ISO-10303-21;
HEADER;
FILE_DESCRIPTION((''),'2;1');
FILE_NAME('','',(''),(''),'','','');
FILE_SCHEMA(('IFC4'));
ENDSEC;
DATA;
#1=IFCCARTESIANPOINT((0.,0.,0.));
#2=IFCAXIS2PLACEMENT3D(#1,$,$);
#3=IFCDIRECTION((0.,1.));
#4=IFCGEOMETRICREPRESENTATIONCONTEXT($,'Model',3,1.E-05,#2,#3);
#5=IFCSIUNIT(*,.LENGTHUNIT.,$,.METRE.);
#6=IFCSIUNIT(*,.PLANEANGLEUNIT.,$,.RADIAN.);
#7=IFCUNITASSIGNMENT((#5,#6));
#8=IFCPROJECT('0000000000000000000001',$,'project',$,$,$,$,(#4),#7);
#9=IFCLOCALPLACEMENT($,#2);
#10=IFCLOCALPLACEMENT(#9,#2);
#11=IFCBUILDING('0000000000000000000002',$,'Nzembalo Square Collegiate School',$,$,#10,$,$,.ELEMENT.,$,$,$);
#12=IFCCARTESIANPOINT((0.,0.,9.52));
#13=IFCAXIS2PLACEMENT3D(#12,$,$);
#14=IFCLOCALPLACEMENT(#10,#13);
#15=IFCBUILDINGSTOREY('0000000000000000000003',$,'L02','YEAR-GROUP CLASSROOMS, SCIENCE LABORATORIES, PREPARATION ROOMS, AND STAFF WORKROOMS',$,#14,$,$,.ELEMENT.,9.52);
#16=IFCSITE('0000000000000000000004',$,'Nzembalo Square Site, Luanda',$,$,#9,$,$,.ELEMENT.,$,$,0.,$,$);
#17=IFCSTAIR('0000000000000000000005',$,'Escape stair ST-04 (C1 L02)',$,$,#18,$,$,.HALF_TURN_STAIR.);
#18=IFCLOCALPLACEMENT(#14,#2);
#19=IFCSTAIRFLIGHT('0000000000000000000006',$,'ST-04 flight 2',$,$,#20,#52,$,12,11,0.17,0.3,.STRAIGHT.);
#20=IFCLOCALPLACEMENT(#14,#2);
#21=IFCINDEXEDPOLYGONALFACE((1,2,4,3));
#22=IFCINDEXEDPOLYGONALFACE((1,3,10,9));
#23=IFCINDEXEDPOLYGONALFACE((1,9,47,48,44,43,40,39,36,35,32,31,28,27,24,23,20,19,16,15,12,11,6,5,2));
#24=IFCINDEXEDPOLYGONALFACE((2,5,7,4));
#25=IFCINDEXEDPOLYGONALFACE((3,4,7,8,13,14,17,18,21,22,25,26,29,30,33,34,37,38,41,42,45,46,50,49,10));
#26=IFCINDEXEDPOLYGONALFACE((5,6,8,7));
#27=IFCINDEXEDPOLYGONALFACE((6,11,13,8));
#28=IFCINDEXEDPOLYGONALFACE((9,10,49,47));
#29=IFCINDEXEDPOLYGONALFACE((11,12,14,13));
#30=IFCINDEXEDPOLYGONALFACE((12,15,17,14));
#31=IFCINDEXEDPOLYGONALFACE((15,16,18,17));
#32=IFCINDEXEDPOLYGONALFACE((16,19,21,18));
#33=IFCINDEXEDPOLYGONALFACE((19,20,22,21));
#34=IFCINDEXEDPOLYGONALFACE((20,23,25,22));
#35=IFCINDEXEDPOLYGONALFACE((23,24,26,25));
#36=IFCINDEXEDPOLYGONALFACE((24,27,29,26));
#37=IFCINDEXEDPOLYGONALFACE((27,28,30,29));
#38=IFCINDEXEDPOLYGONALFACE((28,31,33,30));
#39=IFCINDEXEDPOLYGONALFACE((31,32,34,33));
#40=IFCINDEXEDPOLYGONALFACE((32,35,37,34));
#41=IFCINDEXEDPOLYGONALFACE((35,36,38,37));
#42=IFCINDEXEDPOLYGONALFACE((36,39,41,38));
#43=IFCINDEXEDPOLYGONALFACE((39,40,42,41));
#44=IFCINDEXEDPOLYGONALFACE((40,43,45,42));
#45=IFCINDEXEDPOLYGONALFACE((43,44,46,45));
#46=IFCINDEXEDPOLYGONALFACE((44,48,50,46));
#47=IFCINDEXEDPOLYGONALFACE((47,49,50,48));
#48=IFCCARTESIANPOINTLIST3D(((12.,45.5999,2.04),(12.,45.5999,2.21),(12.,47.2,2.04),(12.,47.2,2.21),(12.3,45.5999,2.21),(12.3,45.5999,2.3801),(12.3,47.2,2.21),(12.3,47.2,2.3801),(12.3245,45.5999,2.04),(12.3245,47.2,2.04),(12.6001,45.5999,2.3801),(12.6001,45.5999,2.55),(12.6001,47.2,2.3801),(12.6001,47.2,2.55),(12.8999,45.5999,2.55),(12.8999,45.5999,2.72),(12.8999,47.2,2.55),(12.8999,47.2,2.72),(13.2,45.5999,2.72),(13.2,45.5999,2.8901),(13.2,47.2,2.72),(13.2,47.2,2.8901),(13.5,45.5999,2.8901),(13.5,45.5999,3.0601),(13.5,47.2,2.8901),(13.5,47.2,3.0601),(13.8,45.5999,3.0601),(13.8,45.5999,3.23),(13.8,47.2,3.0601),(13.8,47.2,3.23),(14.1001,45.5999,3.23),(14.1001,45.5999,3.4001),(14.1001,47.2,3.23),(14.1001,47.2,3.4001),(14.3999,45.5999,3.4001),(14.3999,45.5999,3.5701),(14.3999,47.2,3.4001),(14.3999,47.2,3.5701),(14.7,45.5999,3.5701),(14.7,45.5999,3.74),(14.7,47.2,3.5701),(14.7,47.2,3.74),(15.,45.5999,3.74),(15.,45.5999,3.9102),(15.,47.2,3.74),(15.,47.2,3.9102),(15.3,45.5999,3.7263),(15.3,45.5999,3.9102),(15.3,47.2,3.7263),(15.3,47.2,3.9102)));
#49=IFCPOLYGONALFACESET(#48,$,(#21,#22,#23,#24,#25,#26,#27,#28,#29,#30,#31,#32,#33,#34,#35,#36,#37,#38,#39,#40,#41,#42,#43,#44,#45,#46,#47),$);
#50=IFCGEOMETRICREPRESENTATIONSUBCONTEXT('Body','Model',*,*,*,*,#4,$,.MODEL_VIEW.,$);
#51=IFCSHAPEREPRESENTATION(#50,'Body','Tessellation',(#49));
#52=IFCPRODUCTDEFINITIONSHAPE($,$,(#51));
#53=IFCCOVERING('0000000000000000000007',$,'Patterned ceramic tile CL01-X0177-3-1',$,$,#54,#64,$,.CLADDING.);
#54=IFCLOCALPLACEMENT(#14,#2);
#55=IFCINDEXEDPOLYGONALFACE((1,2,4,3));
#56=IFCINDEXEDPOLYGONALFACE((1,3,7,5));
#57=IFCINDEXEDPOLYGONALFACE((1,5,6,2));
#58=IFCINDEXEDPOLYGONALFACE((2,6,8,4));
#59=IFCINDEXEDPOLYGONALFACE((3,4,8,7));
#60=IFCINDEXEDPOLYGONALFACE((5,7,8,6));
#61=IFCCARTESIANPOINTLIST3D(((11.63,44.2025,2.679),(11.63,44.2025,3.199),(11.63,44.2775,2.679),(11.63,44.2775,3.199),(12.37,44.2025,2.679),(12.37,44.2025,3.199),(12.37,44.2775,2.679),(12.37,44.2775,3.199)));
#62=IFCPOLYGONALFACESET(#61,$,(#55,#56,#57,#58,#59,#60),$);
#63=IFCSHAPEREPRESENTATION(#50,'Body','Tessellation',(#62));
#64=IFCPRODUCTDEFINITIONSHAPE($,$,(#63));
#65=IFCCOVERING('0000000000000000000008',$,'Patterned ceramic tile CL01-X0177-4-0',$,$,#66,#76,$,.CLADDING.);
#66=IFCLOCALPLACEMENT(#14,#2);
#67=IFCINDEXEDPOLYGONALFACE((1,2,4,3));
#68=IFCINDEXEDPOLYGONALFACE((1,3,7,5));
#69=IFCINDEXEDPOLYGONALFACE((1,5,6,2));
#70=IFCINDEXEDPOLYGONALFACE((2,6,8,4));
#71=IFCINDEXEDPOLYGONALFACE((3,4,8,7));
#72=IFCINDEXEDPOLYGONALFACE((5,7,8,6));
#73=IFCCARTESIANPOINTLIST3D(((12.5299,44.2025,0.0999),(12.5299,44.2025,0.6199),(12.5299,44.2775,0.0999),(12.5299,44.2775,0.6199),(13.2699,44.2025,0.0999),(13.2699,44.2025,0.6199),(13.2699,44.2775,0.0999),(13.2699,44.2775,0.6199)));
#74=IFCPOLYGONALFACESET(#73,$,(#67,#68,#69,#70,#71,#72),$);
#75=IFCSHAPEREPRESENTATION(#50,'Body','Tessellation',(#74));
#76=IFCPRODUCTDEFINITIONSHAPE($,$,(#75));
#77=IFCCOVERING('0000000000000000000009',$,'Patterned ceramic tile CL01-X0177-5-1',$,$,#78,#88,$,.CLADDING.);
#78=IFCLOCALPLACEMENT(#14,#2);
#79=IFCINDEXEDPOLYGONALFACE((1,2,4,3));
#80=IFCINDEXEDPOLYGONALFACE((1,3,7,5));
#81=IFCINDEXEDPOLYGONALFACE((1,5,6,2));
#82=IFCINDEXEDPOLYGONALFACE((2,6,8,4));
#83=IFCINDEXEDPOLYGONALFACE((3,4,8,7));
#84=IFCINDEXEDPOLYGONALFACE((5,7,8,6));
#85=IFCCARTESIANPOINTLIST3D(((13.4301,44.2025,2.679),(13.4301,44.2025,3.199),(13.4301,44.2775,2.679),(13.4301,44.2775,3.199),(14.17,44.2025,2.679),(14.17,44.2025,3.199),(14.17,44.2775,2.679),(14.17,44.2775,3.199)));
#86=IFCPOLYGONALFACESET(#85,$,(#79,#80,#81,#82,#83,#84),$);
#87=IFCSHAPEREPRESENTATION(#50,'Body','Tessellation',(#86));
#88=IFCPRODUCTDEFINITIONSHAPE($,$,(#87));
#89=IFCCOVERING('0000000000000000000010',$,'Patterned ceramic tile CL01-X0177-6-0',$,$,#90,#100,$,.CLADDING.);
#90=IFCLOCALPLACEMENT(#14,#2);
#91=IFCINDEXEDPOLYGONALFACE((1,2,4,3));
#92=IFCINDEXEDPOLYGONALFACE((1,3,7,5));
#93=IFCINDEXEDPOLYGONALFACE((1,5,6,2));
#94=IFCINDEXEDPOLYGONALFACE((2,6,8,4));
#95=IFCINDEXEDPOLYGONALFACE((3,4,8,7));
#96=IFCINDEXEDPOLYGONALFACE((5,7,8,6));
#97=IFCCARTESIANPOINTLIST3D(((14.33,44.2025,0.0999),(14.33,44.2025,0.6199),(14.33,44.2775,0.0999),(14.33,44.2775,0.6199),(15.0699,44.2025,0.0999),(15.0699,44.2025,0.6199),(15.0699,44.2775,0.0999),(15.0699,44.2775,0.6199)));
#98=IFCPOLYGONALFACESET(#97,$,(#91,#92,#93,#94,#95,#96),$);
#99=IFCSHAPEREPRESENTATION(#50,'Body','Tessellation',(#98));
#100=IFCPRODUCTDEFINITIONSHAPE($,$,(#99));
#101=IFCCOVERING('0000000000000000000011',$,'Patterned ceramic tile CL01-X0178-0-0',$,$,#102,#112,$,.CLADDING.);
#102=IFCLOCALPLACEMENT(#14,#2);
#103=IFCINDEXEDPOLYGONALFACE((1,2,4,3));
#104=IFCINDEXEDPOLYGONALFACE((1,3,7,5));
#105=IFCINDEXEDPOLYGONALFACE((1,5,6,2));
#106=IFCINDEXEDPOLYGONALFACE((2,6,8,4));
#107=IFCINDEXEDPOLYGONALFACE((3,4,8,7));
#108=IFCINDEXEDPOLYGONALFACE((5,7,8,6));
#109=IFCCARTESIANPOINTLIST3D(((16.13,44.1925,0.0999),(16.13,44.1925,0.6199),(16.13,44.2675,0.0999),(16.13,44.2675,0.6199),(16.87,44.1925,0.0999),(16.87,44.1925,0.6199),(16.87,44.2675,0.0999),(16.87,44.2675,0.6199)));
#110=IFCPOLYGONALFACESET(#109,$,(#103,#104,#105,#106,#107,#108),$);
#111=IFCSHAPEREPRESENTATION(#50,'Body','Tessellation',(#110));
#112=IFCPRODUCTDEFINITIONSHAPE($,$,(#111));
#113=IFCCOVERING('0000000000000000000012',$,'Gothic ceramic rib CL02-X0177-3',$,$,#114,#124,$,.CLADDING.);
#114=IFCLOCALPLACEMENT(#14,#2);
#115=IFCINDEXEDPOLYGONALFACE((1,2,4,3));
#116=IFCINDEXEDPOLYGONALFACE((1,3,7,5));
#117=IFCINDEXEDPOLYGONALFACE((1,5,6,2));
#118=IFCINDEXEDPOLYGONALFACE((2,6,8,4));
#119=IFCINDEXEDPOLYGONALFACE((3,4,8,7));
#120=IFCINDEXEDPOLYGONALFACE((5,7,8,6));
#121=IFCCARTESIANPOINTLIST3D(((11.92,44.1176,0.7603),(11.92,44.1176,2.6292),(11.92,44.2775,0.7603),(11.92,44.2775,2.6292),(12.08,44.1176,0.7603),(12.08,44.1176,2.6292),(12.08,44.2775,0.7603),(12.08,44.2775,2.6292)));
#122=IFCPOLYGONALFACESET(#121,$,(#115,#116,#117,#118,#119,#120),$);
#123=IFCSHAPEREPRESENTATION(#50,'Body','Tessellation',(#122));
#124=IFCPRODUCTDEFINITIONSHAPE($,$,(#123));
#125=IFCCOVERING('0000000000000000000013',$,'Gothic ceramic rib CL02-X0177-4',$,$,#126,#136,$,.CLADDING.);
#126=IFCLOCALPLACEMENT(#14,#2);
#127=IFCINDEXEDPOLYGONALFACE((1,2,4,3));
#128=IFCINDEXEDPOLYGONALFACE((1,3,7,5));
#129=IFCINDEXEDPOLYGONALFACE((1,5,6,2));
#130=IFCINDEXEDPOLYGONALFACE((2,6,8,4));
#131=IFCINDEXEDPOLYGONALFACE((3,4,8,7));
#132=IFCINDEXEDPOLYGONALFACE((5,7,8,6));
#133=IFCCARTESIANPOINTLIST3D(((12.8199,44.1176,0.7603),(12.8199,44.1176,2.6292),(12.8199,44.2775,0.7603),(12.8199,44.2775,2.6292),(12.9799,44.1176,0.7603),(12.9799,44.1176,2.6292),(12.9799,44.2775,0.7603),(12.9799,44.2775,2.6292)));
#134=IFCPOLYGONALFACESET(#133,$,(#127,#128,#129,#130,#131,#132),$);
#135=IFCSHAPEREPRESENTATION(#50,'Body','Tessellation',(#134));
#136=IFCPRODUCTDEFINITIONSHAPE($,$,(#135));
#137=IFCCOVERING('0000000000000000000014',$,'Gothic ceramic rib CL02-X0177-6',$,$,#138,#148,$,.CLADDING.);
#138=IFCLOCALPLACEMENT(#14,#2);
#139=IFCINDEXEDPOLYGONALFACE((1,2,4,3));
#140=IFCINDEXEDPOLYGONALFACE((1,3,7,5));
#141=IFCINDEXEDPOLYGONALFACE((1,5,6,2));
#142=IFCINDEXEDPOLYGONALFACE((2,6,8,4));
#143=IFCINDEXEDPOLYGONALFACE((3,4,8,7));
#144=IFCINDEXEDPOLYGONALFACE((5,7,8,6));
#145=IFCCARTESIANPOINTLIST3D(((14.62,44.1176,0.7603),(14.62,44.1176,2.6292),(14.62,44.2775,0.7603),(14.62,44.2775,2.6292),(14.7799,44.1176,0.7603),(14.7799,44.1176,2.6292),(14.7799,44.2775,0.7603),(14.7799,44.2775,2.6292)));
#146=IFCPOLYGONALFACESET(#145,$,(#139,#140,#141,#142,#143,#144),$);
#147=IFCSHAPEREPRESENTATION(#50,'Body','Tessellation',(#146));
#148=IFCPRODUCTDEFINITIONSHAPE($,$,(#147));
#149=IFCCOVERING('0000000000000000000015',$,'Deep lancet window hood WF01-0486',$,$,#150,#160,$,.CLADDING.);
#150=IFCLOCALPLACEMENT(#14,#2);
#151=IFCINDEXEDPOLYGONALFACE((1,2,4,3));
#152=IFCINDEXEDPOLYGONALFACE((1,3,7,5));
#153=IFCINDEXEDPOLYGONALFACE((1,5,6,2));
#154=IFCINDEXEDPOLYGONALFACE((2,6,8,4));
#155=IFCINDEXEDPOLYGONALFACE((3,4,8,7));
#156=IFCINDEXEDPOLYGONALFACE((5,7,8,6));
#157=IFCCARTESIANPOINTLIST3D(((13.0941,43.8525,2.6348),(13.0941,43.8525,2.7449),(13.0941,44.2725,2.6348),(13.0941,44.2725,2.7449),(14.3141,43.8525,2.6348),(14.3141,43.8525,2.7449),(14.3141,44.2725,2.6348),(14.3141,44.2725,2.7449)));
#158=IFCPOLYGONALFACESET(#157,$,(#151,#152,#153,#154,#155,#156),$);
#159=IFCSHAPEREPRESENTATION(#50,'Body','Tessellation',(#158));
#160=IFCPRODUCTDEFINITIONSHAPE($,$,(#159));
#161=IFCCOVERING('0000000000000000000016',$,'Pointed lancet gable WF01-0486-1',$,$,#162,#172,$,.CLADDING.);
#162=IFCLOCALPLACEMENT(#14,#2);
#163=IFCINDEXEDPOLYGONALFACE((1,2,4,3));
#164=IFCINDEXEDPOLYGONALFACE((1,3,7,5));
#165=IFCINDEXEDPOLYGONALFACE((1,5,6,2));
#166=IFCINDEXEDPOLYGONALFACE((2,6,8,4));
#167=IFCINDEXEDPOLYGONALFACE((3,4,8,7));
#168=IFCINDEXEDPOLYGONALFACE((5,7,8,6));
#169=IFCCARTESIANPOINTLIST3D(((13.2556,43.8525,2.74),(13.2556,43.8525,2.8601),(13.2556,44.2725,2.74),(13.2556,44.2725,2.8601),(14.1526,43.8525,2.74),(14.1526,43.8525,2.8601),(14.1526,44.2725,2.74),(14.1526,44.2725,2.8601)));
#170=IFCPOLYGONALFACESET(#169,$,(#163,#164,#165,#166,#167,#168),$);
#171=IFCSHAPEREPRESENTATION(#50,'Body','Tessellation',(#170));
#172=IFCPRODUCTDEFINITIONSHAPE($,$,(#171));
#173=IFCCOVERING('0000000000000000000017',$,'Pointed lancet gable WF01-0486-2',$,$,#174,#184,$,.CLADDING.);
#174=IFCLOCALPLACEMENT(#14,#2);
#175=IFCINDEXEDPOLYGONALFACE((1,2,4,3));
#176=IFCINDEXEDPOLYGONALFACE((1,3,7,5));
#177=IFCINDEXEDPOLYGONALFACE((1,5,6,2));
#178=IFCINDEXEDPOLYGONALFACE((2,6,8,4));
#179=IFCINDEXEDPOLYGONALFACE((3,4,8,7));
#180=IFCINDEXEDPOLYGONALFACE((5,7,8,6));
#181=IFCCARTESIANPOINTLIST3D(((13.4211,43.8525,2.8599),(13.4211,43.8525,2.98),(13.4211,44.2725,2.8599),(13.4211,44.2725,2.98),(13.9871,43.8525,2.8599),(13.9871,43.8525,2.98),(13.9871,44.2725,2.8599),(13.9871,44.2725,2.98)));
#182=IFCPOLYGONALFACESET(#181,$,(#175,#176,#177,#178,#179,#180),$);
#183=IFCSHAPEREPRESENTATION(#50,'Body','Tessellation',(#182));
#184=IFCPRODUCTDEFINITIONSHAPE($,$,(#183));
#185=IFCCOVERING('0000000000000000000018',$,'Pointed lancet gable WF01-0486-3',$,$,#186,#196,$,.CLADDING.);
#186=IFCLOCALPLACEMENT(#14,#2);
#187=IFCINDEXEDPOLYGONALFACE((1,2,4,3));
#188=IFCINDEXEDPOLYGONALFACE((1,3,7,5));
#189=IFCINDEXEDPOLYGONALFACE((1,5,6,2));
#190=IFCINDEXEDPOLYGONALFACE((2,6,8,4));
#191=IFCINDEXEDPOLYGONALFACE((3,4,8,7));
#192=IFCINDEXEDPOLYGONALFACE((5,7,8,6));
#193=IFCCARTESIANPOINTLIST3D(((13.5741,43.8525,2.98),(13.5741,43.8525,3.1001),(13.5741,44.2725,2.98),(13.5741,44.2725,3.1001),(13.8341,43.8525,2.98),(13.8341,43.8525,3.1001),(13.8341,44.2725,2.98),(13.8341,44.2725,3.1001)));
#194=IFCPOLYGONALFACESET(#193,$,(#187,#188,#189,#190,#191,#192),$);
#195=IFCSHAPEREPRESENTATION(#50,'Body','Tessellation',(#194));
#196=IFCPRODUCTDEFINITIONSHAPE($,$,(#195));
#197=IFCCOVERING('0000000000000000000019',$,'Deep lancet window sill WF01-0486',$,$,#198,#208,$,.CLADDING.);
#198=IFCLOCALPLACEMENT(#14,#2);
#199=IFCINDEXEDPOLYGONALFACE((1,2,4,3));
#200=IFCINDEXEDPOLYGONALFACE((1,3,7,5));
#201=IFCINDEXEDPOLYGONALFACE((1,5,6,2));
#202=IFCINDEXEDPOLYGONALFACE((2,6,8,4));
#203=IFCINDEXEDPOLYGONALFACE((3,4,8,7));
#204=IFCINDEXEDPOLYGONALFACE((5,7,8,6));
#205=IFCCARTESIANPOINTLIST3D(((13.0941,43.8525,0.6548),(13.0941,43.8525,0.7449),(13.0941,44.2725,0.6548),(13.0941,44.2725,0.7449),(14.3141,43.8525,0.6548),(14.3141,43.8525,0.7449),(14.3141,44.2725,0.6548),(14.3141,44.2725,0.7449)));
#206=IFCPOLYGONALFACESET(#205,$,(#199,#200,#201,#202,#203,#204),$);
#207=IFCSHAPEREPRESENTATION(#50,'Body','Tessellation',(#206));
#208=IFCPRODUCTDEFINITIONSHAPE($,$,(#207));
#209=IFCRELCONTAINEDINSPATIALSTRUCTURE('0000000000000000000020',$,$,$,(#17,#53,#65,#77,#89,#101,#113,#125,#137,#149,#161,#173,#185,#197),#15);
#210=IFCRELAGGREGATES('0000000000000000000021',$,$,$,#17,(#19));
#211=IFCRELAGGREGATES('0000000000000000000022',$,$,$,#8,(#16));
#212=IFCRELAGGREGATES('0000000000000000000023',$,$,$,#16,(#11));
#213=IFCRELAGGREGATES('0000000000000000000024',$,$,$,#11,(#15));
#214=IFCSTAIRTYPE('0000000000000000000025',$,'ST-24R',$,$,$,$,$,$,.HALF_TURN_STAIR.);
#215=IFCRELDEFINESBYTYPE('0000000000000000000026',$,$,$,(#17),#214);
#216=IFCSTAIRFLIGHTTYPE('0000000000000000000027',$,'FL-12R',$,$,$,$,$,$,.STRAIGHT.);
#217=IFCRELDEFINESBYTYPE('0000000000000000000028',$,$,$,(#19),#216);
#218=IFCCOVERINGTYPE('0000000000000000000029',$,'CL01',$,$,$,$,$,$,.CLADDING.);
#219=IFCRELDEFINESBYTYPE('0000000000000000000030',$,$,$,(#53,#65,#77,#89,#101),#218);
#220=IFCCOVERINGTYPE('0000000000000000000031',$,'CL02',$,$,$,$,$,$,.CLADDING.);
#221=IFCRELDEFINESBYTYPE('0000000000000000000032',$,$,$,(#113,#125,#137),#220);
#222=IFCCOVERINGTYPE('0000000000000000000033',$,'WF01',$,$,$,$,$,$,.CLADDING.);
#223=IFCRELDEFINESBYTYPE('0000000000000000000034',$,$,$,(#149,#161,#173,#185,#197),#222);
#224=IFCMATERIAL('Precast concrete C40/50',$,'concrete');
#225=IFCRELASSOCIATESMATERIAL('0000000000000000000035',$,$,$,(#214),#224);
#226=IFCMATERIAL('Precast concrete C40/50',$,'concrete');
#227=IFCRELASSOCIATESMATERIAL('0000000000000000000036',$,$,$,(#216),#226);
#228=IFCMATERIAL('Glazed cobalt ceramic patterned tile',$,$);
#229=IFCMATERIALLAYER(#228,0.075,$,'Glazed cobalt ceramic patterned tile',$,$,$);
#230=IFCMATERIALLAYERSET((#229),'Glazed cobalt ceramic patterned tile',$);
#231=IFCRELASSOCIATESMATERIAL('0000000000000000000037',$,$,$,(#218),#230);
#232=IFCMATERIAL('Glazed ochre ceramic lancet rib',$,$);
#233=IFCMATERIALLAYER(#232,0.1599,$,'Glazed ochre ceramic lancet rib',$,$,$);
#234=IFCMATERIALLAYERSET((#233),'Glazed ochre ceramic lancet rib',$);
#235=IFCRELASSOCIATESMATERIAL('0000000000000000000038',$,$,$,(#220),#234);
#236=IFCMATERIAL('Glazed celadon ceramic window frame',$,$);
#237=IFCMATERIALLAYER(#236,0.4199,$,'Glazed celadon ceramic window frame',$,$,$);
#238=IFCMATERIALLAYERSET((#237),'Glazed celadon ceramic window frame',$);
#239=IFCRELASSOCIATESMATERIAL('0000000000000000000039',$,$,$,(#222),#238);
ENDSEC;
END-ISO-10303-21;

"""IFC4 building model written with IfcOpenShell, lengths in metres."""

from ifc_helpers import new_model, si_unit, direction, frame, origin, origin_2d, place, context, subcontext, project, spatial, polyline, rectangle, outline, extrude, material, layer, layer_set, type_object, element, aggregate, save


model = new_model("IFC4")

# Units and contexts
model_context = context("Model", 3, precision=1e-05, world=origin(), true_north=direction((0.0, 1.0)))
body_context = subcontext(model_context, "Body", "Model", "MODEL_VIEW")
ifc_project = project(units=[si_unit("LENGTHUNIT", "METRE"), si_unit("PLANEANGLEUNIT", "RADIAN")], contexts=[model_context])

# Site, building, storey
site_placement = place(None, origin())
site = spatial("IfcSite", under=ifc_project, at=site_placement, Name="Nzembalo Square Site, Luanda", CompositionType="ELEMENT", RefElevation=0.0)
building_placement = place(site_placement, origin())
building = spatial("IfcBuilding", under=site, at=building_placement, Name="Nzembalo Square Collegiate School", CompositionType="ELEMENT")
storey_placement = place(building_placement, frame((0.0, 0.0, 9.52)))
storey = spatial("IfcBuildingStorey", under=building, at=storey_placement, Name="L02", Description="YEAR-GROUP CLASSROOMS, SCIENCE LABORATORIES, PREPARATION ROOMS, AND STAFF WORKROOMS", CompositionType="ELEMENT", Elevation=9.52)

# Stair, stair flight
ifc_material_1 = material(Name="Precast concrete C40/50", Category="concrete")
stair_type = type_object("IfcStairType", Name="ST-24R", PredefinedType="HALF_TURN_STAIR", material=ifc_material_1)
stair_placement = place(storey_placement, origin())
stair = element("IfcStair", 1, at=stair_placement, inside=storey, type_object=stair_type, Name="Escape stair ST-04 (C1 L02)", PredefinedType="HALF_TURN_STAIR")
ifc_material_2 = material(Name="Precast concrete C40/50", Category="concrete")
stair_flight_type = type_object("IfcStairFlightType", Name="FL-12R", PredefinedType="STRAIGHT", material=ifc_material_2)
stair_flight_1_placement = place(storey_placement, frame((12.0, 46.3999, 2.04), z_axis=(0.0, 0.0, 1.0), x_axis=(1.0, 0.0, 0.0)))
stair_flight_1 = element("IfcStairFlight", 2, at=stair_flight_1_placement, type_object=stair_flight_type, Name="ST-04 flight 2", NumberOfRisers=12, NumberOfTreads=11, PredefinedType="STRAIGHT", RiserHeight=0.17, TreadLength=0.3, context=body_context, shape_type="SweptSolid", body=[
    extrude(outline(polyline([(0.0, 0.0), (0.0, 0.1699), (0.3, 0.1699), (0.3, 0.3401), (0.6001, 0.3401), (0.6001, 0.51), (0.8999, 0.51), (0.8999, 0.6799), (1.2, 0.6799), (1.2, 0.8501), (1.5, 0.8501), (1.5, 1.02), (1.8, 1.02), (1.8, 1.1899), (2.1001, 1.1899), (2.1001, 1.3601), (2.3999, 1.3601), (2.3999, 1.53), (2.7, 1.53), (2.7, 1.7), (3.0, 1.7), (3.0, 1.8701), (3.3, 1.8701), (3.3, 2.04), (3.3, 1.6863), (0.3245, 0.0), (0.0, 0.0)])), frame((0.0, 0.8, 0.0), z_axis=(0.0, -1.0, 0.0), x_axis=(1.0, 0.0, 0.0)), (0.0, 0.0, 1.0), 1.6001),
])
aggregate(stair, [stair_flight_1])

# Coverings
ifc_material_3 = material(Name="Glazed cobalt ceramic patterned tile")
ifc_layer_1 = layer(ifc_material_3, 0.075, Name="Glazed cobalt ceramic patterned tile")
ifc_layer_set_1 = layer_set([ifc_layer_1], Name="Glazed cobalt ceramic patterned tile")
covering_type_1 = type_object("IfcCoveringType", Name="CL01", PredefinedType="CLADDING", material=ifc_layer_set_1)
for number, where, z_axis, x_axis, name in (
    (3, (12.0, 44.24, 2.679), (0.0, 0.0, 1.0), (1.0, 0.0, 0.0), "Patterned ceramic tile CL01-X0177-3-1"),
    (4, (12.8999, 44.24, 0.0999), (0.0, 0.0, 1.0), (1.0, 0.0, 0.0), "Patterned ceramic tile CL01-X0177-4-0"),
    (5, (13.8, 44.24, 2.679), (0.0, 0.0, 1.0), (1.0, 0.0, 0.0), "Patterned ceramic tile CL01-X0177-5-1"),
    (6, (14.7, 44.24, 0.0999), (0.0, 0.0, 1.0), (1.0, 0.0, 0.0), "Patterned ceramic tile CL01-X0177-6-0"),
    (7, (16.5, 44.23, 0.0999), (0.0, 0.0, 1.0), (1.0, 0.0, 0.0), "Patterned ceramic tile CL01-X0178-0-0"),
):
    element("IfcCovering", number, at=place(storey_placement, frame(where, z_axis=z_axis, x_axis=x_axis)), inside=storey, type_object=covering_type_1, Name=name, PredefinedType="CLADDING", context=body_context, shape_type="SweptSolid", body=[
        extrude(rectangle(XDim=0.74, YDim=0.075, at=origin_2d()), origin(), (0.0, 0.0, 1.0), 0.52),
    ])
ifc_material_4 = material(Name="Glazed ochre ceramic lancet rib")
ifc_layer_2 = layer(ifc_material_4, 0.1599, Name="Glazed ochre ceramic lancet rib")
ifc_layer_set_2 = layer_set([ifc_layer_2], Name="Glazed ochre ceramic lancet rib")
covering_type_2 = type_object("IfcCoveringType", Name="CL02", PredefinedType="CLADDING", material=ifc_layer_set_2)
for number, where, z_axis, x_axis, name in (
    (8, (12.0, 44.1975, 0.7603), (0.0, 0.0, 1.0), (1.0, 0.0, 0.0), "Gothic ceramic rib CL02-X0177-3"),
    (9, (12.8999, 44.1975, 0.7603), (0.0, 0.0, 1.0), (1.0, 0.0, 0.0), "Gothic ceramic rib CL02-X0177-4"),
    (10, (14.7, 44.1975, 0.7603), (0.0, 0.0, 1.0), (1.0, 0.0, 0.0), "Gothic ceramic rib CL02-X0177-6"),
):
    element("IfcCovering", number, at=place(storey_placement, frame(where, z_axis=z_axis, x_axis=x_axis)), inside=storey, type_object=covering_type_2, Name=name, PredefinedType="CLADDING", context=body_context, shape_type="SweptSolid", body=[
        extrude(rectangle(XDim=0.1599, YDim=0.1599, at=origin_2d()), origin(), (0.0, 0.0, 1.0), 1.8689),
    ])
ifc_material_5 = material(Name="Glazed celadon ceramic window frame")
ifc_layer_3 = layer(ifc_material_5, 0.4199, Name="Glazed celadon ceramic window frame")
ifc_layer_set_3 = layer_set([ifc_layer_3], Name="Glazed celadon ceramic window frame")
covering_type_3 = type_object("IfcCoveringType", Name="WF01", PredefinedType="CLADDING", material=ifc_layer_set_3)
covering_1_placement = place(storey_placement, frame((13.7041, 44.0625, 2.6348), z_axis=(0.0, 0.0, 1.0), x_axis=(1.0, 0.0, 0.0)))
element("IfcCovering", 11, at=covering_1_placement, inside=storey, type_object=covering_type_3, Name="Deep lancet window hood WF01-0486", PredefinedType="CLADDING", context=body_context, shape_type="SweptSolid", body=[
    extrude(rectangle(XDim=1.22, YDim=0.4199, at=origin_2d()), origin(), (0.0, 0.0, 1.0), 0.1101),
])
covering_2_placement = place(storey_placement, frame((13.7041, 44.0625, 2.74), z_axis=(0.0, 0.0, 1.0), x_axis=(1.0, 0.0, 0.0)))
element("IfcCovering", 12, at=covering_2_placement, inside=storey, type_object=covering_type_3, Name="Pointed lancet gable WF01-0486-1", PredefinedType="CLADDING", context=body_context, shape_type="SweptSolid", body=[
    extrude(rectangle(XDim=0.897, YDim=0.4199, at=origin_2d()), origin(), (0.0, 0.0, 1.0), 0.1201),
])
covering_3_placement = place(storey_placement, frame((13.7041, 44.0625, 2.8599), z_axis=(0.0, 0.0, 1.0), x_axis=(1.0, 0.0, 0.0)))
element("IfcCovering", 13, at=covering_3_placement, inside=storey, type_object=covering_type_3, Name="Pointed lancet gable WF01-0486-2", PredefinedType="CLADDING", context=body_context, shape_type="SweptSolid", body=[
    extrude(rectangle(XDim=0.5659, YDim=0.4199, at=origin_2d()), origin(), (0.0, 0.0, 1.0), 0.1201),
])
covering_4_placement = place(storey_placement, frame((13.7041, 44.0625, 2.98), z_axis=(0.0, 0.0, 1.0), x_axis=(1.0, 0.0, 0.0)))
element("IfcCovering", 14, at=covering_4_placement, inside=storey, type_object=covering_type_3, Name="Pointed lancet gable WF01-0486-3", PredefinedType="CLADDING", context=body_context, shape_type="SweptSolid", body=[
    extrude(rectangle(XDim=0.26, YDim=0.4199, at=origin_2d()), origin(), (0.0, 0.0, 1.0), 0.1201),
])
covering_5_placement = place(storey_placement, frame((13.7041, 44.0625, 0.6548), z_axis=(0.0, 0.0, 1.0), x_axis=(1.0, 0.0, 0.0)))
element("IfcCovering", 15, at=covering_5_placement, inside=storey, type_object=covering_type_3, Name="Deep lancet window sill WF01-0486", PredefinedType="CLADDING", context=body_context, shape_type="SweptSolid", body=[
    extrude(rectangle(XDim=1.22, YDim=0.4199, at=origin_2d()), origin(), (0.0, 0.0, 1.0), 0.0901),
])

save(model, "model.ifc")
